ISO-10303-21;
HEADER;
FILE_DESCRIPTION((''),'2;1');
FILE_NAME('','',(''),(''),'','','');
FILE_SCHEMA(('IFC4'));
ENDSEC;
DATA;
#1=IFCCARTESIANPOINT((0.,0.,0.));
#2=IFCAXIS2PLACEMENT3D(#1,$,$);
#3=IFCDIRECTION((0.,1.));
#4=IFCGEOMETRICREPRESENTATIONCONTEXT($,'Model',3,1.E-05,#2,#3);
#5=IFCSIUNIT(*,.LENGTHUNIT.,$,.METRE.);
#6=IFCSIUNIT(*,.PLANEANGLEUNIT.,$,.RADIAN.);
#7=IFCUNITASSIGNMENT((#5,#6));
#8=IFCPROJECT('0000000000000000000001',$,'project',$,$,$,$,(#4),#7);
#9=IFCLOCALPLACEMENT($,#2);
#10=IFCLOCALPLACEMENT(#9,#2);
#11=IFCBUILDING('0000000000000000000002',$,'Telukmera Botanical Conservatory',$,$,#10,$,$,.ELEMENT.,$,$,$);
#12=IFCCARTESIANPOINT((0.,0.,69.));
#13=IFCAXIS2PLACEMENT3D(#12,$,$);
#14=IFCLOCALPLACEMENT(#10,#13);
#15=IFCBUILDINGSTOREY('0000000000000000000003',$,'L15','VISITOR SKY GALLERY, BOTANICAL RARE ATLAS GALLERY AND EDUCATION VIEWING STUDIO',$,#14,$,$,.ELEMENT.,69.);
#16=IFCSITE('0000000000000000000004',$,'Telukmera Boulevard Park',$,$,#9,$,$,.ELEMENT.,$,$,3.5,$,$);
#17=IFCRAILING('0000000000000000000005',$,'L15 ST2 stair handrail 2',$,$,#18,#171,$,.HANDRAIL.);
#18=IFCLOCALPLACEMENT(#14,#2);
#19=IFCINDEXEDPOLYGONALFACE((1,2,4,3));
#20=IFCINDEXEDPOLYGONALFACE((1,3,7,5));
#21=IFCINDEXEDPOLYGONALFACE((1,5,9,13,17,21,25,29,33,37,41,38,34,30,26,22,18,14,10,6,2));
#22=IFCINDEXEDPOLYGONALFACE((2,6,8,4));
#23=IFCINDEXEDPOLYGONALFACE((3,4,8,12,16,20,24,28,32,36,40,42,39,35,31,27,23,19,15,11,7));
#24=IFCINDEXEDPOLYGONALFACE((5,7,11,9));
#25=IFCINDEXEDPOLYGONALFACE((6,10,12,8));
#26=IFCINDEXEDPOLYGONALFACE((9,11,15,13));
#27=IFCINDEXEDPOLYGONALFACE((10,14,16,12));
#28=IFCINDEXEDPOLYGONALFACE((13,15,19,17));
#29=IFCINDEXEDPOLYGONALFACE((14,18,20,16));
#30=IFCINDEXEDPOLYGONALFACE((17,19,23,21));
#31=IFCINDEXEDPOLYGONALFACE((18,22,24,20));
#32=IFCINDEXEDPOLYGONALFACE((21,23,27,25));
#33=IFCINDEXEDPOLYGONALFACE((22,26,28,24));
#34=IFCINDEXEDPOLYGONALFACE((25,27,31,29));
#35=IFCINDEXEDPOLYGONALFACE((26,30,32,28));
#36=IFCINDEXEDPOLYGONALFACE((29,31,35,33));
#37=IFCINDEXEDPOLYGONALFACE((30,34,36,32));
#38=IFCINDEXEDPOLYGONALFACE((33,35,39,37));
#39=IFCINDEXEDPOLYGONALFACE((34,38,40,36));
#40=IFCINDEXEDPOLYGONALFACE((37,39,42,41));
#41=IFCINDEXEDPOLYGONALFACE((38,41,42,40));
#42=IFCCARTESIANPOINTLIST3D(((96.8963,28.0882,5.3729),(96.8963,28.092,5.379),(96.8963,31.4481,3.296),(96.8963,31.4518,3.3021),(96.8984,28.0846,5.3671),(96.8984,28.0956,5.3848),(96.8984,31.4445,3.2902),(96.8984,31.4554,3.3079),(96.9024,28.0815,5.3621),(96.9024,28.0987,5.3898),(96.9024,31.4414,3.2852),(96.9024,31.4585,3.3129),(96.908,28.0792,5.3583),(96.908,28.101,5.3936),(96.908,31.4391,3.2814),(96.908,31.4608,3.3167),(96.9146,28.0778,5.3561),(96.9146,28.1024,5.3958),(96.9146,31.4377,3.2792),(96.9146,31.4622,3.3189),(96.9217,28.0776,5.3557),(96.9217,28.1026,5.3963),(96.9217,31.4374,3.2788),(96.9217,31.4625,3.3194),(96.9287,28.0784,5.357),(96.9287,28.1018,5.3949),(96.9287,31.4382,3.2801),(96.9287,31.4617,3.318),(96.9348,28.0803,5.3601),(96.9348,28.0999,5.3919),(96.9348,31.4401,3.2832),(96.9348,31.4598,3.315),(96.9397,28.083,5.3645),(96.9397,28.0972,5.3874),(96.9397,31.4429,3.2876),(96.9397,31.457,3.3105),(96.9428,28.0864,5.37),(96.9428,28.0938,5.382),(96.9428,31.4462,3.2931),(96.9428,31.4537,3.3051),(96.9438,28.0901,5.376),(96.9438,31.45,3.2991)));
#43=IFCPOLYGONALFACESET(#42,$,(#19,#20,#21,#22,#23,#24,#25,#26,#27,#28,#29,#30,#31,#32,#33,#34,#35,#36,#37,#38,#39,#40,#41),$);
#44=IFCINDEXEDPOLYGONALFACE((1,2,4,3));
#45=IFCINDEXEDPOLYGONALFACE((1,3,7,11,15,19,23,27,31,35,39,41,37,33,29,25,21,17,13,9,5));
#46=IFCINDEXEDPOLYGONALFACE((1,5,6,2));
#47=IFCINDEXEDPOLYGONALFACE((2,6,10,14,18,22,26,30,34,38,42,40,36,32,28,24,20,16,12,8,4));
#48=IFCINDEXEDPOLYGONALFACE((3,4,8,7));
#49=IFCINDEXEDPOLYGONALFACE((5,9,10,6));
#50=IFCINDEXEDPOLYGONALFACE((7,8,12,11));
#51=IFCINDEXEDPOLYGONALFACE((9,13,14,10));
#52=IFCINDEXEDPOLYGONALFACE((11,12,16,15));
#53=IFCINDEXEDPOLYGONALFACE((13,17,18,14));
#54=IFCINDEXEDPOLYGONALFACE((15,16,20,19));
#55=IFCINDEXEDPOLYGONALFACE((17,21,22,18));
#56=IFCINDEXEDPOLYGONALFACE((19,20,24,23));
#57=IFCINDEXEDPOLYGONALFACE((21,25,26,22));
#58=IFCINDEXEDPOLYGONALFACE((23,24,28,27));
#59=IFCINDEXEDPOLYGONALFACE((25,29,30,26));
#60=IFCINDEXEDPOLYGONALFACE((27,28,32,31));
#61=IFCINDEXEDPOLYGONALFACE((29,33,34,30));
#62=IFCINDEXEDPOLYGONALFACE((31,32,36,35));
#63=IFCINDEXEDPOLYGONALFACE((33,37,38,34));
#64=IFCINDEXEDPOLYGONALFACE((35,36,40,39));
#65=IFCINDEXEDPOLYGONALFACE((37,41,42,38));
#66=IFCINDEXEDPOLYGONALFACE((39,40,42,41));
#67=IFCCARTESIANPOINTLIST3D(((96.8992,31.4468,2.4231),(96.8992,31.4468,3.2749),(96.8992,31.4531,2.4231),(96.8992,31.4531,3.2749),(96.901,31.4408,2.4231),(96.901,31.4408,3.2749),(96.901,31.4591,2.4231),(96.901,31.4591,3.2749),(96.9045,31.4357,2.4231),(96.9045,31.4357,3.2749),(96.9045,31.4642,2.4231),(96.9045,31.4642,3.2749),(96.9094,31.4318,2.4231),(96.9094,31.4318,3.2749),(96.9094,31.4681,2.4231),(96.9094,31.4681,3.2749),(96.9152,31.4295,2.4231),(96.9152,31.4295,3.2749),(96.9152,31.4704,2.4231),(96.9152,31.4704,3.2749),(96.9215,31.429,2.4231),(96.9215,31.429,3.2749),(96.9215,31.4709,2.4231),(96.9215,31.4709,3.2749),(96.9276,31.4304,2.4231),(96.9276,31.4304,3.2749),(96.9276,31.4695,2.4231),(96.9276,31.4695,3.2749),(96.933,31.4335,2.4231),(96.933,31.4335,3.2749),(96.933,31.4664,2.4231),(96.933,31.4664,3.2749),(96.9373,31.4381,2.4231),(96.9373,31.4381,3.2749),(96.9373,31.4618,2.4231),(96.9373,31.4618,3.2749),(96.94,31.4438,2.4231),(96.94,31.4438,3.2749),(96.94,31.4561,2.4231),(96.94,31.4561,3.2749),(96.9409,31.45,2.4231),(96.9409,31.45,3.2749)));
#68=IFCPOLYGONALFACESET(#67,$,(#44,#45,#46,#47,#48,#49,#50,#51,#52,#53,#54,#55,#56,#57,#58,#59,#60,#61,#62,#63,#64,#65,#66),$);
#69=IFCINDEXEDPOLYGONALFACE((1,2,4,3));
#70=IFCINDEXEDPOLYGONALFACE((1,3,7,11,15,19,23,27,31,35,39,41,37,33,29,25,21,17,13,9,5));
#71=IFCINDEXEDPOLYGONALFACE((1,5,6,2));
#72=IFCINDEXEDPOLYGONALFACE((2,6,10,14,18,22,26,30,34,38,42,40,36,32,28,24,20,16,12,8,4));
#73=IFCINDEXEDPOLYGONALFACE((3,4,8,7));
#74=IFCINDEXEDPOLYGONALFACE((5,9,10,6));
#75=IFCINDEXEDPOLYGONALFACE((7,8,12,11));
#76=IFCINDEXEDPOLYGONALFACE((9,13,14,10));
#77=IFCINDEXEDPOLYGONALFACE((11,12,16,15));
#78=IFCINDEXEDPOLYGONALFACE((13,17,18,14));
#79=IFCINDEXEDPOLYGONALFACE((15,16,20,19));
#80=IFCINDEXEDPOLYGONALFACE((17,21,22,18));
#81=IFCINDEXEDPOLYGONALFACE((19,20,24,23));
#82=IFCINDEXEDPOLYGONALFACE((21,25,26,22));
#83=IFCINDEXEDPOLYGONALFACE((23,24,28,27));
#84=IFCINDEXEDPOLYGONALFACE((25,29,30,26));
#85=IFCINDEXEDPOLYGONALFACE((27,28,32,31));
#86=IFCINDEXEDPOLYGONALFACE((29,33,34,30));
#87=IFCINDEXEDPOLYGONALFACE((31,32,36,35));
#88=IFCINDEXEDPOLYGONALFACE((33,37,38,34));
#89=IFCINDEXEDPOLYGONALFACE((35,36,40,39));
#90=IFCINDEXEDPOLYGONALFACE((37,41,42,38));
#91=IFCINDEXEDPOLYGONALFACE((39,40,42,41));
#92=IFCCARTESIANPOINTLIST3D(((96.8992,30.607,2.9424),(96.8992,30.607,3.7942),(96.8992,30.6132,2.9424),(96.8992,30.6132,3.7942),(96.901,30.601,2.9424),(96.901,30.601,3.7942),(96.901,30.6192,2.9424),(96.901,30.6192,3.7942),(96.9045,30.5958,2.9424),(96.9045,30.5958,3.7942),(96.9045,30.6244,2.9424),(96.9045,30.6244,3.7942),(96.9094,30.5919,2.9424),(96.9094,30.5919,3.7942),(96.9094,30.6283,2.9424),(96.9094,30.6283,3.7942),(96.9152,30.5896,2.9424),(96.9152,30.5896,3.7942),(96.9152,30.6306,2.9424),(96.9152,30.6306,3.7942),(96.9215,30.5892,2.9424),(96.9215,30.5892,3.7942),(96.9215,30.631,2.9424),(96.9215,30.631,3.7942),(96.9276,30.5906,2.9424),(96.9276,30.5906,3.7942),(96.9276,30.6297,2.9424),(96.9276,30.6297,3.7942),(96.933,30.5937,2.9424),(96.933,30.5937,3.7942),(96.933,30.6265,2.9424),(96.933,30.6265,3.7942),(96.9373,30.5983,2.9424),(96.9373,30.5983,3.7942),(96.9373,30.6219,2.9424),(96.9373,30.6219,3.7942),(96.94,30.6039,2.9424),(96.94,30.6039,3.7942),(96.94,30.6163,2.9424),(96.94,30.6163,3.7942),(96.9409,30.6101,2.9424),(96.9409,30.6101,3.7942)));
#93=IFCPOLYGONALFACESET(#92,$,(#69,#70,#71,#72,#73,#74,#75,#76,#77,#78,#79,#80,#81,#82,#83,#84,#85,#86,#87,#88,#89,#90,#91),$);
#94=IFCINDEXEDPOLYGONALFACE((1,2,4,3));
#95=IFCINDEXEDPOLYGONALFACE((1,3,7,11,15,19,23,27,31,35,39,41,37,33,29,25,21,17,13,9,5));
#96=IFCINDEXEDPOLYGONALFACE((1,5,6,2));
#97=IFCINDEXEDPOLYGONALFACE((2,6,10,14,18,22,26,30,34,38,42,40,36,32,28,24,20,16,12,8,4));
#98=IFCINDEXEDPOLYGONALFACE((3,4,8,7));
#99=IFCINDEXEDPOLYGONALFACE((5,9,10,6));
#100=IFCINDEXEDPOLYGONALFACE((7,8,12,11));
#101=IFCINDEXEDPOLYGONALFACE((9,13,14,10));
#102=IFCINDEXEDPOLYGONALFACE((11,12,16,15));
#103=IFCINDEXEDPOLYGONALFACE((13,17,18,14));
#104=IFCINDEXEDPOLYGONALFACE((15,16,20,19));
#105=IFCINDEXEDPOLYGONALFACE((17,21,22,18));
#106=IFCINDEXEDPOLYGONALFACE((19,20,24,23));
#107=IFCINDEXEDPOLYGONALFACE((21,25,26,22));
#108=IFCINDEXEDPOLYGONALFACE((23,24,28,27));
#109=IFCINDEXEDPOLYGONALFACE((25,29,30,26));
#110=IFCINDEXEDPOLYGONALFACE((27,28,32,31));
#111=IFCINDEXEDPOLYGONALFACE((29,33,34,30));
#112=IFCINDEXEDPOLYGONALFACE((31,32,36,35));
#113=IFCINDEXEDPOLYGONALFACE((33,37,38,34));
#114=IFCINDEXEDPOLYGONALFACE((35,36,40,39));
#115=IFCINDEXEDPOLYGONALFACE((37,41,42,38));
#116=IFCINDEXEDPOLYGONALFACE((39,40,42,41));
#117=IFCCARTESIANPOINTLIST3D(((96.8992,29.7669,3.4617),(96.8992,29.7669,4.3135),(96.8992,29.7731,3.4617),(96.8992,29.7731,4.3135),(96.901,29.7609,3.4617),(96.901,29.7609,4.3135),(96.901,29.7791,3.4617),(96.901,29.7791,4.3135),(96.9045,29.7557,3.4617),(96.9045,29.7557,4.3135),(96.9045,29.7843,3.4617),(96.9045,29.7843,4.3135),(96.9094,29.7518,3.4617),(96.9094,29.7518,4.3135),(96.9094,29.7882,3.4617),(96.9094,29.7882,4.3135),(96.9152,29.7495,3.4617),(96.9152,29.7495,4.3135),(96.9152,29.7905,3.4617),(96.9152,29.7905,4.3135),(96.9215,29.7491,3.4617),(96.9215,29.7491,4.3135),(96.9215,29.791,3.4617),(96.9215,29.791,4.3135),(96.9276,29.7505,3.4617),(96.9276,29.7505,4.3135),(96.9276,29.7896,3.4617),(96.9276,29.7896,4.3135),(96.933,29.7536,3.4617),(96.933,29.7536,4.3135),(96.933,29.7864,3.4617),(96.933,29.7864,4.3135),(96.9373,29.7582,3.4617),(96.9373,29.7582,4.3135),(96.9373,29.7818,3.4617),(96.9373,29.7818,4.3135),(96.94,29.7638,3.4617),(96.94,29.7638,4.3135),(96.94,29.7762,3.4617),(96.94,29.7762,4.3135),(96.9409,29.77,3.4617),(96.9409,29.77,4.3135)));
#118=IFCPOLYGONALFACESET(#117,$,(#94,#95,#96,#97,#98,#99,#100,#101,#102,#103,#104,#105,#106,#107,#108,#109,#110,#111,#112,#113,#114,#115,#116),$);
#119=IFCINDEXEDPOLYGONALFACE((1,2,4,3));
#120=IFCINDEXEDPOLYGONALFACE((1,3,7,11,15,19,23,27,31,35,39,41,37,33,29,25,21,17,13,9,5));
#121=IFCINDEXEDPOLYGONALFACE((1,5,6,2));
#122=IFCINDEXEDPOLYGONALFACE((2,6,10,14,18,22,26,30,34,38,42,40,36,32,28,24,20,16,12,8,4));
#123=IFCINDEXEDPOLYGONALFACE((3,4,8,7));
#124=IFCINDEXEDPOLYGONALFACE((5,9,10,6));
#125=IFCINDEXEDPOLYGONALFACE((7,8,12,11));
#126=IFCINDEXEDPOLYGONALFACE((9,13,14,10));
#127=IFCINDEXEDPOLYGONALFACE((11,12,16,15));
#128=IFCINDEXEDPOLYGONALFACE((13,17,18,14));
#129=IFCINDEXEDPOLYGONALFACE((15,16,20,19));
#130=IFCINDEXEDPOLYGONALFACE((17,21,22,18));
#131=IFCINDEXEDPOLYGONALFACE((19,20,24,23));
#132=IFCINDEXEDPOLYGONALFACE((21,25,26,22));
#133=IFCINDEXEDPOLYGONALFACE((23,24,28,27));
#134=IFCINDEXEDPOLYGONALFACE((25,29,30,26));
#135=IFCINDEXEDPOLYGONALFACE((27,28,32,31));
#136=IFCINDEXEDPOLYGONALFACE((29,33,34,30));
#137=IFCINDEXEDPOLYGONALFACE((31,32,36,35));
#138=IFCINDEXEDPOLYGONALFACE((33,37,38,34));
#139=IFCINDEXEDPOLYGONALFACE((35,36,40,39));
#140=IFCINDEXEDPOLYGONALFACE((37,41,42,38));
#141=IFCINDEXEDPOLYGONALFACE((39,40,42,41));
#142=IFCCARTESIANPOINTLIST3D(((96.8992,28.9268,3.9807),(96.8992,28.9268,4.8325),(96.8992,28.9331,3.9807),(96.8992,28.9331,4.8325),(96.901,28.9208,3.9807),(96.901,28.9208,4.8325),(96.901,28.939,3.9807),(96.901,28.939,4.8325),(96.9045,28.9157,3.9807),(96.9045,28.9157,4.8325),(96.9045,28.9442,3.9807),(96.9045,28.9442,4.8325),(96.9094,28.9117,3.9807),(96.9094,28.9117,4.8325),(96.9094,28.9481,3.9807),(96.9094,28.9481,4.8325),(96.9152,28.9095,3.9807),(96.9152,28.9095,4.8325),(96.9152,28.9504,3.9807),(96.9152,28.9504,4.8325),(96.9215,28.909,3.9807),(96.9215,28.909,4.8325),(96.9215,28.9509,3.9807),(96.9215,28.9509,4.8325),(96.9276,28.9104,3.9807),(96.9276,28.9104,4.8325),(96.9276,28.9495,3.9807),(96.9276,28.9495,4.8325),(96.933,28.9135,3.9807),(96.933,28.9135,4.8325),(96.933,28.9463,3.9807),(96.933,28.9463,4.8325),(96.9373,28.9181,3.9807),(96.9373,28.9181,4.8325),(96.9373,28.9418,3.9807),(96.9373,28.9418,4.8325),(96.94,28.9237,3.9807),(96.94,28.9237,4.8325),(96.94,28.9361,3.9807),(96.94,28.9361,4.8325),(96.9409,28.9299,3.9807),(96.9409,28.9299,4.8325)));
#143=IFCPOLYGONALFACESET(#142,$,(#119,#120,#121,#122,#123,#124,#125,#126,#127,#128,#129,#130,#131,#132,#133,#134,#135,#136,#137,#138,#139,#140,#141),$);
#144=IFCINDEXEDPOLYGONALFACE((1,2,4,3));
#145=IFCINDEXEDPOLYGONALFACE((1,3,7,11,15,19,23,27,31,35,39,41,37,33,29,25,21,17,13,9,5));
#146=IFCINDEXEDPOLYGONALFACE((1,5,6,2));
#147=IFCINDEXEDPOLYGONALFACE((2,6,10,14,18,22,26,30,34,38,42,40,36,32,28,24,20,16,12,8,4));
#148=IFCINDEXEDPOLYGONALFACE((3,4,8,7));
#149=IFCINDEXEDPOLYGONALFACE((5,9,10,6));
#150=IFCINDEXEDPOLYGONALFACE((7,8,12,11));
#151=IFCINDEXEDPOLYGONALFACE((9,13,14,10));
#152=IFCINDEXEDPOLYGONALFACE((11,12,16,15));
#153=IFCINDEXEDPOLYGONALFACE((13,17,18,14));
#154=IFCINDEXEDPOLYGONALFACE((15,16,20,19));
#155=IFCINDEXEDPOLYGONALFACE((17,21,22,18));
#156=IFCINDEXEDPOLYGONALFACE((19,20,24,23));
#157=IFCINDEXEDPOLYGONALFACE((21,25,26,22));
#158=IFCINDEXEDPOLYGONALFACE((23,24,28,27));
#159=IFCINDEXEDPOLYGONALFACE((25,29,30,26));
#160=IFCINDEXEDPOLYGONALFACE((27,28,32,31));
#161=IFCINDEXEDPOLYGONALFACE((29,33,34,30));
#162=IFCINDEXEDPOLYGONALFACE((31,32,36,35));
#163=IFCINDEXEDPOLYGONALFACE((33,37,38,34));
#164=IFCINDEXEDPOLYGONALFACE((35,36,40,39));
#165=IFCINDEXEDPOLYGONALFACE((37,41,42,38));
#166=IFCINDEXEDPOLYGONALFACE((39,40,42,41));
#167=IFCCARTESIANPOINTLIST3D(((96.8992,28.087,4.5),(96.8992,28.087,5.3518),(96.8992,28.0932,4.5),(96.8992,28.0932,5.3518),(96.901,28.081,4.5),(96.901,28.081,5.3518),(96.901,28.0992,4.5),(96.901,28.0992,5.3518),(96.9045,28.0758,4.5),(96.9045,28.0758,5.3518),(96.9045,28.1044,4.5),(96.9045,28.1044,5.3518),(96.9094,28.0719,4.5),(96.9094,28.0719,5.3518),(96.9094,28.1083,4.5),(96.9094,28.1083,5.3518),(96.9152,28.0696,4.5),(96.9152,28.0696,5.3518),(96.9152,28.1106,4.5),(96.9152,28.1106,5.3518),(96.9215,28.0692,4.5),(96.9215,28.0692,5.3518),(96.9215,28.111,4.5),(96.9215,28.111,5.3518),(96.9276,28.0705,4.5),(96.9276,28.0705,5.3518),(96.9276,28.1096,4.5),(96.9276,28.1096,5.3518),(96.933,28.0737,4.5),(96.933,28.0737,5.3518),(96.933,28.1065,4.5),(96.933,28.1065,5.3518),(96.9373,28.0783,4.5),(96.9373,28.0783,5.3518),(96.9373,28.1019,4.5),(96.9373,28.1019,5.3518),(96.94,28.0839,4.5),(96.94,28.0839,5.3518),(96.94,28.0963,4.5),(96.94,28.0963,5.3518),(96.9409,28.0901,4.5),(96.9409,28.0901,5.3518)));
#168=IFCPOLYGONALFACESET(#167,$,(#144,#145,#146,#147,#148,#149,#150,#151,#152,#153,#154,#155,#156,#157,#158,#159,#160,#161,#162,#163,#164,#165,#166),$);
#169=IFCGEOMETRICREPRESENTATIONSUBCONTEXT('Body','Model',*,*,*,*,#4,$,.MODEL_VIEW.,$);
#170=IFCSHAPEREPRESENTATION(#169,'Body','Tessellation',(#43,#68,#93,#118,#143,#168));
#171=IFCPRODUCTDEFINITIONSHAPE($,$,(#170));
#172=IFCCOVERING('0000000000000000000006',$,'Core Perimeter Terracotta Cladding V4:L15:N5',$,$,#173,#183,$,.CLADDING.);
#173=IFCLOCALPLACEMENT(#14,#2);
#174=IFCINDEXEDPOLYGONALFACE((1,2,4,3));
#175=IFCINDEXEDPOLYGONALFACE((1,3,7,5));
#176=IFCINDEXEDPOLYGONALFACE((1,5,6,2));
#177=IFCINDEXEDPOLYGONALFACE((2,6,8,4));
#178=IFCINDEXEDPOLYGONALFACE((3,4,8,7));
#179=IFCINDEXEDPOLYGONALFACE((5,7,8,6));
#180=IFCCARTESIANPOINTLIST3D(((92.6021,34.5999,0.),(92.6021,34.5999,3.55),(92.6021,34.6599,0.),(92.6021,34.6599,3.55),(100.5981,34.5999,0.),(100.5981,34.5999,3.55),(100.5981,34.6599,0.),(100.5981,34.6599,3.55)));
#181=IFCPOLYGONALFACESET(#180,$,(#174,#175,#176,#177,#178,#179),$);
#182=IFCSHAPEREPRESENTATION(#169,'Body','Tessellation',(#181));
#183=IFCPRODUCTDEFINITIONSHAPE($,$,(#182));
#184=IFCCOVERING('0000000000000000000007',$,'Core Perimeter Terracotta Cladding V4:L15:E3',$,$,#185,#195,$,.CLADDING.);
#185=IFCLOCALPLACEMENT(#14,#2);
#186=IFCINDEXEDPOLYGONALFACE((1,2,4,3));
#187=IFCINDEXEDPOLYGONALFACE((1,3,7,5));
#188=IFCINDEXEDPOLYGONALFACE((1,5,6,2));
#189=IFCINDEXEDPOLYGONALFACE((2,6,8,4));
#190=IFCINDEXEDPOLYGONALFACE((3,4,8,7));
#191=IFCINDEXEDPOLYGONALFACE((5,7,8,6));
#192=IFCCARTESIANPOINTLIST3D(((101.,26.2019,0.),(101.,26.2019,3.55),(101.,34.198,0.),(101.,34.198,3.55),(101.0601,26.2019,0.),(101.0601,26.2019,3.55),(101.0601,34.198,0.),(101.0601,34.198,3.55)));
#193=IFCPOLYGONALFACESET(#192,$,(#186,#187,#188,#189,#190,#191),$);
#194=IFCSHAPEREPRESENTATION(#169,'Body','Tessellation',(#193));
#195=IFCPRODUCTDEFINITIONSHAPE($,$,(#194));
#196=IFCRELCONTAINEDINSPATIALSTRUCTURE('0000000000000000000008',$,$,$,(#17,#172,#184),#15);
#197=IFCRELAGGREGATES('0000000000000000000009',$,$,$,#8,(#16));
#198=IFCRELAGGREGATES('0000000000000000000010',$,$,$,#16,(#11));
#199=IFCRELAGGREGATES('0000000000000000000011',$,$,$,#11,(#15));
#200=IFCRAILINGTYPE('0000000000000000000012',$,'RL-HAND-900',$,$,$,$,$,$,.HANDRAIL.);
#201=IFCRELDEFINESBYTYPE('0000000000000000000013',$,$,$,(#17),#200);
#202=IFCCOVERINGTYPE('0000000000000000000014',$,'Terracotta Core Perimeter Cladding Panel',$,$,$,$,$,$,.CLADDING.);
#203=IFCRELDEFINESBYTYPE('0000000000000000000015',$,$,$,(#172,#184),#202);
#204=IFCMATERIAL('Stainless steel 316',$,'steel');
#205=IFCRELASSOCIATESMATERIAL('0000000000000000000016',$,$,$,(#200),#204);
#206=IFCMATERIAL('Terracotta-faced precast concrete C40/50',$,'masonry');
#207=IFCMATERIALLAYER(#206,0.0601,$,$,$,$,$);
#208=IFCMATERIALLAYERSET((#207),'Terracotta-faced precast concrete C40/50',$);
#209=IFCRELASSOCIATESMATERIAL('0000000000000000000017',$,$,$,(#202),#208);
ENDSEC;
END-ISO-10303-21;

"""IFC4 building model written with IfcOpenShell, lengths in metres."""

from ifc_helpers import new_model, si_unit, direction, frame, origin, origin_2d, place, context, subcontext, project, spatial, rectangle, circle, extrude, material, layer, layer_set, type_object, element, save


model = new_model("IFC4")

# Units and contexts
model_context = context("Model", 3, precision=1e-05, world=origin(), true_north=direction((0.0, 1.0)))
body_context = subcontext(model_context, "Body", "Model", "MODEL_VIEW")
ifc_project = project(units=[si_unit("LENGTHUNIT", "METRE"), si_unit("PLANEANGLEUNIT", "RADIAN")], contexts=[model_context])

# Site, building, storey
site_placement = place(None, origin())
site = spatial("IfcSite", under=ifc_project, at=site_placement, Name="Telukmera Boulevard Park", CompositionType="ELEMENT", RefElevation=3.5)
building_placement = place(site_placement, origin())
building = spatial("IfcBuilding", under=site, at=building_placement, Name="Telukmera Botanical Conservatory", CompositionType="ELEMENT")
storey_placement = place(building_placement, frame((0.0, 0.0, 69.0)))
storey = spatial("IfcBuildingStorey", under=building, at=storey_placement, Name="L15", Description="VISITOR SKY GALLERY, BOTANICAL RARE ATLAS GALLERY AND EDUCATION VIEWING STUDIO", CompositionType="ELEMENT", Elevation=69.0)

# Shared definitions
ifc_material_1 = material(Name="Stainless steel 316", Category="steel")

# Railing
railing_type_1 = type_object("IfcRailingType", Name="RL-HAND-900", PredefinedType="HANDRAIL", material=ifc_material_1)
railing_1_placement = place(storey_placement, frame((96.9199, 31.45, 2.4231)))
element("IfcRailing", 1, at=railing_1_placement, inside=storey, type_object=railing_type_1, Name="L15 ST2 stair handrail 2", PredefinedType="HANDRAIL", context=body_context, shape_type="SweptSolid", body=[
    extrude(circle(Radius=0.0239, at=origin_2d()), frame((0.0, 0.0, 0.876), z_axis=(0.0, -0.850606, 0.525803), x_axis=(1.0, 0.0, 0.0)), (0.0, 0.0, 1.0), 3.95),
    extrude(circle(Radius=0.021, at=origin_2d()), origin(), (0.0, 0.0, 1.0), 0.8518),
    extrude(circle(Radius=0.021, at=origin_2d()), frame((0.0, -0.8398, 0.5193)), (0.0, 0.0, 1.0), 0.8518),
    extrude(circle(Radius=0.021, at=origin_2d()), frame((0.0, -1.6799, 1.0386)), (0.0, 0.0, 1.0), 0.8518),
    extrude(circle(Radius=0.021, at=origin_2d()), frame((0.0, -2.52, 1.5576)), (0.0, 0.0, 1.0), 0.8518),
    extrude(circle(Radius=0.021, at=origin_2d()), frame((0.0, -3.3599, 2.0769)), (0.0, 0.0, 1.0), 0.8518),
])

# Coverings
ifc_material_2 = material(Name="Terracotta-faced precast concrete C40/50", Category="masonry")
ifc_layer_1 = layer(ifc_material_2, 0.0601)
ifc_layer_set_1 = layer_set([ifc_layer_1], Name="Terracotta-faced precast concrete C40/50")
covering_type_1 = type_object("IfcCoveringType", Name="Terracotta Core Perimeter Cladding Panel", PredefinedType="CLADDING", material=ifc_layer_set_1)
for number, where, z_axis, x_axis, name in (
    (2, (96.6001, 34.6299, 0.0), (0.0, 0.0, 1.0), (1.0, 0.0, 0.0), "Core Perimeter Terracotta Cladding V4:L15:N5"),
    (3, (101.03, 30.2, 0.0), (0.0, 0.0, 1.0), (0.0, 1.0, 0.0), "Core Perimeter Terracotta Cladding V4:L15:E3"),
):
    element("IfcCovering", number, at=place(storey_placement, frame(where, z_axis=z_axis, x_axis=x_axis)), inside=storey, type_object=covering_type_1, Name=name, PredefinedType="CLADDING", context=body_context, shape_type="SweptSolid", body=[
        extrude(rectangle(XDim=7.9961, YDim=0.0601, at=origin_2d()), origin(), (0.0, 0.0, 1.0), 3.55),
    ])

save(model, "model.ifc")
